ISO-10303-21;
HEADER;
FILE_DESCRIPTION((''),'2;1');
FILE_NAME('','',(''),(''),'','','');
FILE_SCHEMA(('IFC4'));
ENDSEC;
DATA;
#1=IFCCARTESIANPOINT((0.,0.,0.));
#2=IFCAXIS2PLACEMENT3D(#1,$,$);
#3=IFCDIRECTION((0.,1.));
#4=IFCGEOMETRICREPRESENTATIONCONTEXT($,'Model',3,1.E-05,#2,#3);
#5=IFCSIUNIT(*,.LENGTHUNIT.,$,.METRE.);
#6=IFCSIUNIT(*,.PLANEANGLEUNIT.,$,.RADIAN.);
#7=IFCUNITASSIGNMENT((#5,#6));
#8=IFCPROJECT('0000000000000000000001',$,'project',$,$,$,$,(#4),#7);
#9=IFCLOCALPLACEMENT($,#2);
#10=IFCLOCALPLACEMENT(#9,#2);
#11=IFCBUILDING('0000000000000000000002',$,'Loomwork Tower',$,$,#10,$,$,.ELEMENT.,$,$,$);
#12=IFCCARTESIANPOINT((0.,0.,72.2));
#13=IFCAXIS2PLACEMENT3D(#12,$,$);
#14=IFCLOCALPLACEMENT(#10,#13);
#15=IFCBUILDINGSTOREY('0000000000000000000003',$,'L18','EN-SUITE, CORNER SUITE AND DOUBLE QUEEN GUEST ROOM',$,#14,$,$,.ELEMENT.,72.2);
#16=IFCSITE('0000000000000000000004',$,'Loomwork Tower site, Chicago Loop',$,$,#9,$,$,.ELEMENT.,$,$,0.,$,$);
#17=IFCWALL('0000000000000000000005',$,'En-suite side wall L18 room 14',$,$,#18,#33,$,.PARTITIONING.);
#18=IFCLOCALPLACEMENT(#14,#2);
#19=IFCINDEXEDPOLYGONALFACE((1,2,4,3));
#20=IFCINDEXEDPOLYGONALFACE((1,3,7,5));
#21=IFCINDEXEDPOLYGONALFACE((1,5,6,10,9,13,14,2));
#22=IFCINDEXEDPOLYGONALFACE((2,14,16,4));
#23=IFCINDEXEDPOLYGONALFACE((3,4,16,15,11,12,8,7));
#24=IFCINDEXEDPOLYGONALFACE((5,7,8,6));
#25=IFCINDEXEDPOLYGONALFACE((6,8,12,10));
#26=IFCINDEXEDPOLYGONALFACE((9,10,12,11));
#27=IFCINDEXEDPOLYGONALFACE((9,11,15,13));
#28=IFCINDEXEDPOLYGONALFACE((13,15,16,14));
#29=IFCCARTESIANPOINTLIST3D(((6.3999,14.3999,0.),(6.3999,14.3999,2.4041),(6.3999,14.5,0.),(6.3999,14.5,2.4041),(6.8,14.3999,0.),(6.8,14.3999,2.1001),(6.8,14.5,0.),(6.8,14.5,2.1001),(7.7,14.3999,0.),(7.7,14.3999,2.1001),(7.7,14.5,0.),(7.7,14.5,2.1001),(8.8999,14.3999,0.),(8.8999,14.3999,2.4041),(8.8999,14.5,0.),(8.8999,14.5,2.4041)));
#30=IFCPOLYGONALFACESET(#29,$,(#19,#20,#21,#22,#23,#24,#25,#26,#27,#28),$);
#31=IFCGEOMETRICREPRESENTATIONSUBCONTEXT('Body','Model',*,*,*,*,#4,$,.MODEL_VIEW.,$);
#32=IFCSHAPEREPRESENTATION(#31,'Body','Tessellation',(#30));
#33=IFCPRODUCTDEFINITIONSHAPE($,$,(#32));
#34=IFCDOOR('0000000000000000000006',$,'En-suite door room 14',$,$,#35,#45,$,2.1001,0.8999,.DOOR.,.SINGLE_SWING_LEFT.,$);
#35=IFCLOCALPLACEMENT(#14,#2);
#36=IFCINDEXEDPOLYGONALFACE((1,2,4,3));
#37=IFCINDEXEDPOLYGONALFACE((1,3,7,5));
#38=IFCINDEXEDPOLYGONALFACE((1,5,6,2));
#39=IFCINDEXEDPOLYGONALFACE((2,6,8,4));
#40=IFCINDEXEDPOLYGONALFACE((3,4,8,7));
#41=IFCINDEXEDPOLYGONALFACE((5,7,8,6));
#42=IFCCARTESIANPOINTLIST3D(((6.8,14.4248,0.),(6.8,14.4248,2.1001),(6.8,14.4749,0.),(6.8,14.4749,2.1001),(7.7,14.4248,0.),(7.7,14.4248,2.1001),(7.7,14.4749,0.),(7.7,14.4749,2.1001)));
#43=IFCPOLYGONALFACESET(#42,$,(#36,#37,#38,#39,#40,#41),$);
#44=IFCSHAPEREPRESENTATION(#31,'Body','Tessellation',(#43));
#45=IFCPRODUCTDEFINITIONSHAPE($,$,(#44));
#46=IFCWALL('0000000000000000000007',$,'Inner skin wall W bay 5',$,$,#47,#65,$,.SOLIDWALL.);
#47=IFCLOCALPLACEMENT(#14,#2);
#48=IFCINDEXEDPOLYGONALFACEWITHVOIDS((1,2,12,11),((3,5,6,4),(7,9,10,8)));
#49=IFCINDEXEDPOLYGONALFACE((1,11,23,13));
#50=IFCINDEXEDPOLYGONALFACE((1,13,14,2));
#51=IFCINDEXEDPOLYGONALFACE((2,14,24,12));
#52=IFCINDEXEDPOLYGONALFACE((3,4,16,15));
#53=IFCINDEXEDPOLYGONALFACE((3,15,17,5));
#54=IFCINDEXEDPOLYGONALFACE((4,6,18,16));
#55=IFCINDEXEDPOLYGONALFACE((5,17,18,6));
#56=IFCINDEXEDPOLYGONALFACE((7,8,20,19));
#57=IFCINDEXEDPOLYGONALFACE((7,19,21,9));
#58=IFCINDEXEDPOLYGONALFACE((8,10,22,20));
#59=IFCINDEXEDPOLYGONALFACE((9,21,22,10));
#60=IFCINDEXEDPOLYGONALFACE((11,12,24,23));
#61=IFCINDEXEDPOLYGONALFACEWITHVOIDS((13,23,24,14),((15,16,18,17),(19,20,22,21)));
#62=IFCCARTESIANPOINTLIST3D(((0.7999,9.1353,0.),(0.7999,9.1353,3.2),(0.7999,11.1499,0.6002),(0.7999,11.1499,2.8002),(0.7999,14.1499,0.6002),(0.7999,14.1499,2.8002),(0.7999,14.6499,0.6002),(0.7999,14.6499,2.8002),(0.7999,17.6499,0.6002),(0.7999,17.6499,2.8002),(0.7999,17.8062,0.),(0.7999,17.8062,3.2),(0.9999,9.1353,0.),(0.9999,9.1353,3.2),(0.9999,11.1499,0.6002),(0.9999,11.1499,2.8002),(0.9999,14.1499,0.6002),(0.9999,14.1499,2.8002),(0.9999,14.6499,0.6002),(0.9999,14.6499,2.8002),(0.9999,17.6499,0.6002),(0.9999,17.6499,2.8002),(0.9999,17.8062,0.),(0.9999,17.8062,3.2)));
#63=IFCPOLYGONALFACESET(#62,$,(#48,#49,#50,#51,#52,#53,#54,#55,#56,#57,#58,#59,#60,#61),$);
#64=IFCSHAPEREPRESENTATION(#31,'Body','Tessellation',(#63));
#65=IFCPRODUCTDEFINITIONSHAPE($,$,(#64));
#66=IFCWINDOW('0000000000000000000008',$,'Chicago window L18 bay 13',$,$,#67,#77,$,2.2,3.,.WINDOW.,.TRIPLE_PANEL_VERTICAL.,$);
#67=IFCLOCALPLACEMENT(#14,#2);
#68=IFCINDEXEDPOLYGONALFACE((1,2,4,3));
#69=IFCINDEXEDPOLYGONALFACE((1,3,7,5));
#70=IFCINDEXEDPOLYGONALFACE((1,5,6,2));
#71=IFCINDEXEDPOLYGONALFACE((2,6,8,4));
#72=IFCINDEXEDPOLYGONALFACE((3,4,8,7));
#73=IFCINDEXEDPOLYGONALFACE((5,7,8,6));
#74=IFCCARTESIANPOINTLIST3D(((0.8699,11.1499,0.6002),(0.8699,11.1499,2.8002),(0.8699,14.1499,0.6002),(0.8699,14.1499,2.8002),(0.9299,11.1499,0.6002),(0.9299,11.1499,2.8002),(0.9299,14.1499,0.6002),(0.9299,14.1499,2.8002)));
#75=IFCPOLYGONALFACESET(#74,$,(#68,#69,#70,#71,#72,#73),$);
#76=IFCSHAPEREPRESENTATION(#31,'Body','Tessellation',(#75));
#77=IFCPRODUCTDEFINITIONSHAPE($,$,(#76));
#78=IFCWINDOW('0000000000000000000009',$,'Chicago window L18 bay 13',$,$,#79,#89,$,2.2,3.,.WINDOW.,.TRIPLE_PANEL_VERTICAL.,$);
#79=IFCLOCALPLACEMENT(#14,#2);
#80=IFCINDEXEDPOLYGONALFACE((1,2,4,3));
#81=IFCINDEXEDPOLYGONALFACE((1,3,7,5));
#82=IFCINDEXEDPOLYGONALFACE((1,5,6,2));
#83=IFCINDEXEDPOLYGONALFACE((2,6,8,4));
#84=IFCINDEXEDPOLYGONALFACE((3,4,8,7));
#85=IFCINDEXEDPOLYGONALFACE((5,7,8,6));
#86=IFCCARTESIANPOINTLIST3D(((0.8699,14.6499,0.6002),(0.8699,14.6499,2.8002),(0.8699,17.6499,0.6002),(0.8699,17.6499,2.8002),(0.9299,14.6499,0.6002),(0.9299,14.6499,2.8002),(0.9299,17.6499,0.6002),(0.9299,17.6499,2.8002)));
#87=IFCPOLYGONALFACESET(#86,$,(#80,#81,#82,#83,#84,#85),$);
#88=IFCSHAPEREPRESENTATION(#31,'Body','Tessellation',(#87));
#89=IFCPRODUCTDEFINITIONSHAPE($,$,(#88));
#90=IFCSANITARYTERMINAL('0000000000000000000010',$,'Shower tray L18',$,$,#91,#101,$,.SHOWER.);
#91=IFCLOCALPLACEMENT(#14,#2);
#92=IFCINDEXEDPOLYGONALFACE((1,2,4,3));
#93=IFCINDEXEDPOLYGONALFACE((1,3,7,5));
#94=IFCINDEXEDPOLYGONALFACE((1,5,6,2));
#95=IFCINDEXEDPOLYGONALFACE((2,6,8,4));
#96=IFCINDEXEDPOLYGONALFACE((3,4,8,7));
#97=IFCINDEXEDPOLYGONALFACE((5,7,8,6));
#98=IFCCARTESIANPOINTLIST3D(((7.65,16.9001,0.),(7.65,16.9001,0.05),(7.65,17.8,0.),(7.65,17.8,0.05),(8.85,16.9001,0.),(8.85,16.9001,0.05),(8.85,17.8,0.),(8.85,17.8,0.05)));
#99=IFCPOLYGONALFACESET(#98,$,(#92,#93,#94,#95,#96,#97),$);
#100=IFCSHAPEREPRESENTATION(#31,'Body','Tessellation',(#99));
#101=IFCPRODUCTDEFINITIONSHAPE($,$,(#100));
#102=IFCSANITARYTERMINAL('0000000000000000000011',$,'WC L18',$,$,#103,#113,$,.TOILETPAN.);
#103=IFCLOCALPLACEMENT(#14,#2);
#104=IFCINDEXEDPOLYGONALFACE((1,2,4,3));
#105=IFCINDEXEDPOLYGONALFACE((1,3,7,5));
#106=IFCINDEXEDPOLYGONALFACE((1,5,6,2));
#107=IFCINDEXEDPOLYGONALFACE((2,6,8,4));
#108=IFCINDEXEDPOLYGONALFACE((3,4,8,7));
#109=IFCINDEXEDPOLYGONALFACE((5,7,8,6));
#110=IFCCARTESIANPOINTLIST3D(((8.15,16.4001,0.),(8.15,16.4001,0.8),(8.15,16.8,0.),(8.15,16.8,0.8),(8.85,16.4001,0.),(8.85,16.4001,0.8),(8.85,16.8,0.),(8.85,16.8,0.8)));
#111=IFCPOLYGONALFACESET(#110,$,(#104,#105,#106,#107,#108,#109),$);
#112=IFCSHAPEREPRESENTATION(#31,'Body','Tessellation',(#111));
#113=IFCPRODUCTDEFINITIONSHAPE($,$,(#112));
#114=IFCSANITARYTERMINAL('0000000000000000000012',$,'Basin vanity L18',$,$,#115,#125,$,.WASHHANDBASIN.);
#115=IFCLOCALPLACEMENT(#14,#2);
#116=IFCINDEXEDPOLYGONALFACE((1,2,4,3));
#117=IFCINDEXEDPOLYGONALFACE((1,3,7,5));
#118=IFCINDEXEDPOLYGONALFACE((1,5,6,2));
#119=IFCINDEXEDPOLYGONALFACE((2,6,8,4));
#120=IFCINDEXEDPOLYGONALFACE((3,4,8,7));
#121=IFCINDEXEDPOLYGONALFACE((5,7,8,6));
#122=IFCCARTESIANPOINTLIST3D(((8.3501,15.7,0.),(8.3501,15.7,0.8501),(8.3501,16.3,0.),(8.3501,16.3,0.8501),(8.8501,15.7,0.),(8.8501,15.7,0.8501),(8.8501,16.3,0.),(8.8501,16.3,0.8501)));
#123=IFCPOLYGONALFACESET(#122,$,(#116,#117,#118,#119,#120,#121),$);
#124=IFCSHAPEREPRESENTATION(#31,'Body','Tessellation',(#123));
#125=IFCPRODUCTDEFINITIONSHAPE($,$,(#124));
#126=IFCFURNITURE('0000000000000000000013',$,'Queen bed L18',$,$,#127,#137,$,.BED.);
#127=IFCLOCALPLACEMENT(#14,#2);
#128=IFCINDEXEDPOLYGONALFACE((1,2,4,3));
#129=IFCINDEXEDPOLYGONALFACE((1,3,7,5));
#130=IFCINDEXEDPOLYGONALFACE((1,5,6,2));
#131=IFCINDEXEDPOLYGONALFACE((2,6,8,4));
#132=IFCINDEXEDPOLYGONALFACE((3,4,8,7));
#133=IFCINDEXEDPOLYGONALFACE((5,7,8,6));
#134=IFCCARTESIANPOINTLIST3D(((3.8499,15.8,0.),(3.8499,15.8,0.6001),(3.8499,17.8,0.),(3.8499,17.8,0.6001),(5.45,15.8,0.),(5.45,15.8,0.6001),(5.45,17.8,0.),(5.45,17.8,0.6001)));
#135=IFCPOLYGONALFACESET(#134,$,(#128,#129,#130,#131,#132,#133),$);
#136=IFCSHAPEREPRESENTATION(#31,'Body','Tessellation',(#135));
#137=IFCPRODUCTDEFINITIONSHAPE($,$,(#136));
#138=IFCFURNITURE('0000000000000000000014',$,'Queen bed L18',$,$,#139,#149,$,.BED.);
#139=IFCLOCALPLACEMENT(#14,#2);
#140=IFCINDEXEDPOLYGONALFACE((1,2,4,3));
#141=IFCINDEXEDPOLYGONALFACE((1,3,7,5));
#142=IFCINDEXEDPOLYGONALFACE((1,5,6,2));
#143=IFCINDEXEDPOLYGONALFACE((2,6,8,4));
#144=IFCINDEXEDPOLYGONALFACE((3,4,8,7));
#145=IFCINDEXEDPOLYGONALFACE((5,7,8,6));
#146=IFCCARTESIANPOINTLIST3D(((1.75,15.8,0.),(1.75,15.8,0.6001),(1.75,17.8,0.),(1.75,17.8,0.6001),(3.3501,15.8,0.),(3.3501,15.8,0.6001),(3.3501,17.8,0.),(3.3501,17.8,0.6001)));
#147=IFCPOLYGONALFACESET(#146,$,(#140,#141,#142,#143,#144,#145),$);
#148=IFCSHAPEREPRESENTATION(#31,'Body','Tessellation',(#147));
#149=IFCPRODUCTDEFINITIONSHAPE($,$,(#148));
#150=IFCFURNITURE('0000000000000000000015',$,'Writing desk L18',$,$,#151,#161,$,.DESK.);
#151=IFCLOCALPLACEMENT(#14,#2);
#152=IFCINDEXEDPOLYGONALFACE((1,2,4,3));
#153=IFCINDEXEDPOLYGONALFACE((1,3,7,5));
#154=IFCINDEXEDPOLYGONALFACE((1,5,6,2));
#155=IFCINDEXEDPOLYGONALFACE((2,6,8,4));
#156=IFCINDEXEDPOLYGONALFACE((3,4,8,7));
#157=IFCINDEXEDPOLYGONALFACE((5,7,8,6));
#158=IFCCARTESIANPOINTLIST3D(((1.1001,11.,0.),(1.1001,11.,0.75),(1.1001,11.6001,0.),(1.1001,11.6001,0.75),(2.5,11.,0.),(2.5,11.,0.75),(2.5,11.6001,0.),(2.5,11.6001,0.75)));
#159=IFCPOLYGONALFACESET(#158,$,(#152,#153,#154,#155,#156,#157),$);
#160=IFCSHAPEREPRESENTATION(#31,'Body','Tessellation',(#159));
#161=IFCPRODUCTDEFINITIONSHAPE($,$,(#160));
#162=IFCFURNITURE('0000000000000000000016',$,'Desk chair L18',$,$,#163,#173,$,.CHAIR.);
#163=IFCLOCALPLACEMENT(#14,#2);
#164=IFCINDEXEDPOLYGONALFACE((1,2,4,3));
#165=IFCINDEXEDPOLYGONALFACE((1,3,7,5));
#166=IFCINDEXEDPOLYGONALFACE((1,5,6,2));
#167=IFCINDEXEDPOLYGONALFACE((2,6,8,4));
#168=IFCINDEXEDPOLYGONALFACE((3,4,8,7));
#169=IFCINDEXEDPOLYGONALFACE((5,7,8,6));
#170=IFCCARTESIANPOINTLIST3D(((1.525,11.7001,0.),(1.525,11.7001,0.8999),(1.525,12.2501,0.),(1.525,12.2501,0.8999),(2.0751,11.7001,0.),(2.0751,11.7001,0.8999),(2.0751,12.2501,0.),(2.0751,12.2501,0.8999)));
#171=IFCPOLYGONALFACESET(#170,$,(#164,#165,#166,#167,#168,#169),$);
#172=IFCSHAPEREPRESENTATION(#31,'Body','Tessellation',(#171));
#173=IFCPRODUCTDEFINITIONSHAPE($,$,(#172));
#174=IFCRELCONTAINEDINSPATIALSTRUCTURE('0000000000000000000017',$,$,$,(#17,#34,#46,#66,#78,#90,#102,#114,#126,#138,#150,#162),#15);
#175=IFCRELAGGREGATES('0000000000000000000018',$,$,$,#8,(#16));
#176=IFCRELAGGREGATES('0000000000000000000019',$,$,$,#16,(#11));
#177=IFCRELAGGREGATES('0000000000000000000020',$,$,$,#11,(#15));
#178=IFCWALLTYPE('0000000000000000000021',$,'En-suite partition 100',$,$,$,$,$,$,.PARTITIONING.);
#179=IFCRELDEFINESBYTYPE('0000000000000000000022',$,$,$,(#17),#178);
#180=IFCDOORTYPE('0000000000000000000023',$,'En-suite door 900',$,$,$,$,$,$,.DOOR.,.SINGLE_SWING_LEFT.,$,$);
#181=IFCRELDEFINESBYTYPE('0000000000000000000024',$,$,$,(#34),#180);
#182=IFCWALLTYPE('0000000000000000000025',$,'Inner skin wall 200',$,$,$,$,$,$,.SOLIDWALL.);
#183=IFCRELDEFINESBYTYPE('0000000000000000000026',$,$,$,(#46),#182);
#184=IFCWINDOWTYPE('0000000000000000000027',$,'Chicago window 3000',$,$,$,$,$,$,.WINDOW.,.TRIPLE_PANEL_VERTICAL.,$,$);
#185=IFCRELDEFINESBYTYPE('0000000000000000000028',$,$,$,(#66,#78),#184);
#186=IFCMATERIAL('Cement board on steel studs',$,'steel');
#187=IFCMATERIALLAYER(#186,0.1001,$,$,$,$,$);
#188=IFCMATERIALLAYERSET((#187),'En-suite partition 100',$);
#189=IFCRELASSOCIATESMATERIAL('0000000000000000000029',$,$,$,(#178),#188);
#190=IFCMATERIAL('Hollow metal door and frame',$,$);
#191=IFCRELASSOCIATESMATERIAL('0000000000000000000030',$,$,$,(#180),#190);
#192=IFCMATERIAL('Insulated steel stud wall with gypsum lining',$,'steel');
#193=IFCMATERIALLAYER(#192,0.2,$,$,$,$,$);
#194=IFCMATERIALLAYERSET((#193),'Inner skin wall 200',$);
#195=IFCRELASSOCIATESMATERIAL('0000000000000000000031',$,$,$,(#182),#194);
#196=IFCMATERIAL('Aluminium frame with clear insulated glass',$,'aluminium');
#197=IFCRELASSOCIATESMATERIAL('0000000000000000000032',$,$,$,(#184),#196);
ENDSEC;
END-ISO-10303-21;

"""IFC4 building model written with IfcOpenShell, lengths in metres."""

from ifc_helpers import new_model, si_unit, direction, frame, frame_2d, origin, origin_2d, place, context, subcontext, project, spatial, rectangle, extrude, material, layer, layer_set, type_object, element, fill, save


model = new_model("IFC4")

# Units and contexts
model_context = context("Model", 3, precision=1e-05, world=origin(), true_north=direction((0.0, 1.0)))
body_context = subcontext(model_context, "Body", "Model", "MODEL_VIEW")
ifc_project = project(units=[si_unit("LENGTHUNIT", "METRE"), si_unit("PLANEANGLEUNIT", "RADIAN")], contexts=[model_context])

# Site, building, storey
site_placement = place(None, origin())
site = spatial("IfcSite", under=ifc_project, at=site_placement, Name="Loomwork Tower site, Chicago Loop", CompositionType="ELEMENT", RefElevation=0.0)
building_placement = place(site_placement, origin())
building = spatial("IfcBuilding", under=site, at=building_placement, Name="Loomwork Tower", CompositionType="ELEMENT")
storey_placement = place(building_placement, frame((0.0, 0.0, 72.2)))
storey = spatial("IfcBuildingStorey", under=building, at=storey_placement, Name="L18", Description="EN-SUITE, CORNER SUITE AND DOUBLE QUEEN GUEST ROOM", CompositionType="ELEMENT", Elevation=72.2)

# Shared definitions
ifc_material_1 = material(Name="Cement board on steel studs", Category="steel")
ifc_layer_1 = layer(ifc_material_1, 0.1001)
ifc_layer_set_1 = layer_set([ifc_layer_1], Name="En-suite partition 100")
wall_type_1 = type_object("IfcWallType", Name="En-suite partition 100", PredefinedType="PARTITIONING", material=ifc_layer_set_1)

# Wall, opening, door
wall_1_placement = place(storey_placement, frame((8.8999, 14.45, 0.0), z_axis=(0.0, 0.0, 1.0), x_axis=(-1.0, 0.0, 0.0)))
wall_1 = element("IfcWall", 1, at=wall_1_placement, inside=storey, type_object=wall_type_1, Name="En-suite side wall L18 room 14", PredefinedType="PARTITIONING", context=body_context, shape_type="SweptSolid", body=[
    extrude(rectangle(XDim=2.5, YDim=0.1001, at=frame_2d((1.25, 0.0))), origin(), (0.0, 0.0, 1.0), 2.4041),
])
opening_1_placement = place(wall_1_placement, frame((1.2, 0.0, 0.0)))
opening_1 = element("IfcOpeningElement", 2, at=opening_1_placement, cuts=wall_1, PredefinedType="OPENING", context=body_context, shape_type="SweptSolid", body=[
    extrude(rectangle(XDim=0.8999, YDim=2.1001, at=frame_2d((0.45, 1.05))), frame((0.0, 0.0601, 0.0), z_axis=(0.0, -1.0, 0.0), x_axis=(1.0, 0.0, 0.0)), (0.0, 0.0, 1.0), 0.1201),
])
ifc_material_2 = material(Name="Hollow metal door and frame")
door_type_1 = type_object("IfcDoorType", Name="En-suite door 900", OperationType="SINGLE_SWING_LEFT", PredefinedType="DOOR", material=ifc_material_2)
door_1_placement = place(opening_1_placement, frame((0.8999, 0.0, 0.0), z_axis=(0.0, 0.0, 1.0), x_axis=(-1.0, 0.0, 0.0)))
door_1 = element("IfcDoor", 3, at=door_1_placement, inside=storey, type_object=door_type_1, Name="En-suite door room 14", OperationType="SINGLE_SWING_LEFT", OverallHeight=2.1001, OverallWidth=0.8999, PredefinedType="DOOR", context=body_context, shape_type="SweptSolid", body=[
    extrude(rectangle(XDim=0.8999, YDim=2.1001, at=frame_2d((0.45, 1.05))), frame((0.0, 0.0249, 0.0), z_axis=(0.0, -1.0, 0.0), x_axis=(1.0, 0.0, 0.0)), (0.0, 0.0, 1.0), 0.05),
])
fill(opening_1, door_1)

# Wall, openings, windows
ifc_material_3 = material(Name="Insulated steel stud wall with gypsum lining", Category="steel")
ifc_layer_2 = layer(ifc_material_3, 0.2)
ifc_layer_set_2 = layer_set([ifc_layer_2], Name="Inner skin wall 200")
wall_type_2 = type_object("IfcWallType", Name="Inner skin wall 200", PredefinedType="SOLIDWALL", material=ifc_layer_set_2)
wall_2_placement = place(storey_placement, frame((0.8999, 9.1353, 0.0), z_axis=(0.0, 0.0, 1.0), x_axis=(0.0, 1.0, 0.0)))
wall_2 = element("IfcWall", 4, at=wall_2_placement, inside=storey, type_object=wall_type_2, Name="Inner skin wall W bay 5", PredefinedType="SOLIDWALL", context=body_context, shape_type="SweptSolid", body=[
    extrude(rectangle(XDim=8.6709, YDim=0.2, at=frame_2d((4.3354, 0.0))), origin(), (0.0, 0.0, 1.0), 3.2),
])
opening_2_placement = place(wall_2_placement, frame((2.0146, 0.0, 0.6001)))
opening_2 = element("IfcOpeningElement", 5, at=opening_2_placement, cuts=wall_2, PredefinedType="OPENING", context=body_context, shape_type="SweptSolid", body=[
    extrude(rectangle(XDim=3.0, YDim=2.2, at=frame_2d((1.5, 1.1001))), frame((0.0, 0.1099, 0.0), z_axis=(0.0, -1.0, 0.0), x_axis=(1.0, 0.0, 0.0)), (0.0, 0.0, 1.0), 0.22),
])
opening_3_placement = place(wall_2_placement, frame((5.5146, 0.0, 0.6001)))
opening_3 = element("IfcOpeningElement", 6, at=opening_3_placement, cuts=wall_2, PredefinedType="OPENING", context=body_context, shape_type="SweptSolid", body=[
    extrude(rectangle(XDim=3.0, YDim=2.2, at=frame_2d((1.5, 1.1001))), frame((0.0, 0.1099, 0.0), z_axis=(0.0, -1.0, 0.0), x_axis=(1.0, 0.0, 0.0)), (0.0, 0.0, 1.0), 0.22),
])
ifc_material_4 = material(Name="Aluminium frame with clear insulated glass", Category="aluminium")
window_type = type_object("IfcWindowType", Name="Chicago window 3000", PartitioningType="TRIPLE_PANEL_VERTICAL", PredefinedType="WINDOW", material=ifc_material_4)
window_1_placement = place(opening_2_placement, origin())
window_1 = element("IfcWindow", 7, at=window_1_placement, inside=storey, type_object=window_type, Name="Chicago window L18 bay 13", OverallHeight=2.2, OverallWidth=3.0, PartitioningType="TRIPLE_PANEL_VERTICAL", PredefinedType="WINDOW", context=body_context, shape_type="SweptSolid", body=[
    extrude(rectangle(XDim=3.0, YDim=2.2, at=frame_2d((1.5, 1.1001))), frame((0.0, 0.03, 0.0), z_axis=(0.0, -1.0, 0.0), x_axis=(1.0, 0.0, 0.0)), (0.0, 0.0, 1.0), 0.0601),
])
fill(opening_2, window_1)
window_2_placement = place(opening_3_placement, origin())
window_2 = element("IfcWindow", 8, at=window_2_placement, inside=storey, type_object=window_type, Name="Chicago window L18 bay 13", OverallHeight=2.2, OverallWidth=3.0, PartitioningType="TRIPLE_PANEL_VERTICAL", PredefinedType="WINDOW", context=body_context, shape_type="SweptSolid", body=[
    extrude(rectangle(XDim=3.0, YDim=2.2, at=frame_2d((1.5, 1.1001))), frame((0.0, 0.03, 0.0), z_axis=(0.0, -1.0, 0.0), x_axis=(1.0, 0.0, 0.0)), (0.0, 0.0, 1.0), 0.0601),
])
fill(opening_3, window_2)

# Sanitary terminals
sanitary_terminal_1_placement = place(storey_placement, frame((8.25, 17.3501, 0.0), z_axis=(0.0, 0.0, 1.0), x_axis=(1.0, 0.0, 0.0)))
element("IfcSanitaryTerminal", 9, at=sanitary_terminal_1_placement, inside=storey, Name="Shower tray L18", PredefinedType="SHOWER", context=body_context, shape_type="SweptSolid", body=[
    extrude(rectangle(XDim=1.2, YDim=0.8999, at=origin_2d()), origin(), (0.0, 0.0, 1.0), 0.05),
])
sanitary_terminal_2_placement = place(storey_placement, frame((8.5, 16.6001, 0.0), z_axis=(0.0, 0.0, 1.0), x_axis=(1.0, 0.0, 0.0)))
element("IfcSanitaryTerminal", 10, at=sanitary_terminal_2_placement, inside=storey, Name="WC L18", PredefinedType="TOILETPAN", context=body_context, shape_type="SweptSolid", body=[
    extrude(rectangle(XDim=0.7, YDim=0.3999, at=origin_2d()), origin(), (0.0, 0.0, 1.0), 0.8),
])
sanitary_terminal_3_placement = place(storey_placement, frame((8.6001, 16.0, 0.0), z_axis=(0.0, 0.0, 1.0), x_axis=(1.0, 0.0, 0.0)))
element("IfcSanitaryTerminal", 11, at=sanitary_terminal_3_placement, inside=storey, Name="Basin vanity L18", PredefinedType="WASHHANDBASIN", context=body_context, shape_type="SweptSolid", body=[
    extrude(rectangle(XDim=0.5, YDim=0.6001, at=origin_2d()), origin(), (0.0, 0.0, 1.0), 0.8501),
])

# Furniture
for number, where, z_axis, x_axis, name in (
    (12, (4.6499, 16.8, 0.0), (0.0, 0.0, 1.0), (1.0, 0.0, 0.0), "Queen bed L18"),
    (13, (2.55, 16.8, 0.0), (0.0, 0.0, 1.0), (1.0, 0.0, 0.0), "Queen bed L18"),
):
    element("IfcFurniture", number, at=place(storey_placement, frame(where, z_axis=z_axis, x_axis=x_axis)), inside=storey, Name=name, PredefinedType="BED", context=body_context, shape_type="SweptSolid", body=[
        extrude(rectangle(XDim=1.6001, YDim=2.0, at=origin_2d()), origin(), (0.0, 0.0, 1.0), 0.6001),
    ])
furniture_1_placement = place(storey_placement, frame((1.8, 11.3, 0.0), z_axis=(0.0, 0.0, 1.0), x_axis=(1.0, 0.0, 0.0)))
element("IfcFurniture", 14, at=furniture_1_placement, inside=storey, Name="Writing desk L18", PredefinedType="DESK", context=body_context, shape_type="SweptSolid", body=[
    extrude(rectangle(XDim=1.3999, YDim=0.6001, at=origin_2d()), origin(), (0.0, 0.0, 1.0), 0.75),
])
furniture_2_placement = place(storey_placement, frame((1.8, 11.9751, 0.0), z_axis=(0.0, 0.0, 1.0), x_axis=(1.0, 0.0, 0.0)))
element("IfcFurniture", 15, at=furniture_2_placement, inside=storey, Name="Desk chair L18", PredefinedType="CHAIR", context=body_context, shape_type="SweptSolid", body=[
    extrude(rectangle(XDim=0.55, YDim=0.55, at=origin_2d()), origin(), (0.0, 0.0, 1.0), 0.8999),
])

save(model, "model.ifc")
